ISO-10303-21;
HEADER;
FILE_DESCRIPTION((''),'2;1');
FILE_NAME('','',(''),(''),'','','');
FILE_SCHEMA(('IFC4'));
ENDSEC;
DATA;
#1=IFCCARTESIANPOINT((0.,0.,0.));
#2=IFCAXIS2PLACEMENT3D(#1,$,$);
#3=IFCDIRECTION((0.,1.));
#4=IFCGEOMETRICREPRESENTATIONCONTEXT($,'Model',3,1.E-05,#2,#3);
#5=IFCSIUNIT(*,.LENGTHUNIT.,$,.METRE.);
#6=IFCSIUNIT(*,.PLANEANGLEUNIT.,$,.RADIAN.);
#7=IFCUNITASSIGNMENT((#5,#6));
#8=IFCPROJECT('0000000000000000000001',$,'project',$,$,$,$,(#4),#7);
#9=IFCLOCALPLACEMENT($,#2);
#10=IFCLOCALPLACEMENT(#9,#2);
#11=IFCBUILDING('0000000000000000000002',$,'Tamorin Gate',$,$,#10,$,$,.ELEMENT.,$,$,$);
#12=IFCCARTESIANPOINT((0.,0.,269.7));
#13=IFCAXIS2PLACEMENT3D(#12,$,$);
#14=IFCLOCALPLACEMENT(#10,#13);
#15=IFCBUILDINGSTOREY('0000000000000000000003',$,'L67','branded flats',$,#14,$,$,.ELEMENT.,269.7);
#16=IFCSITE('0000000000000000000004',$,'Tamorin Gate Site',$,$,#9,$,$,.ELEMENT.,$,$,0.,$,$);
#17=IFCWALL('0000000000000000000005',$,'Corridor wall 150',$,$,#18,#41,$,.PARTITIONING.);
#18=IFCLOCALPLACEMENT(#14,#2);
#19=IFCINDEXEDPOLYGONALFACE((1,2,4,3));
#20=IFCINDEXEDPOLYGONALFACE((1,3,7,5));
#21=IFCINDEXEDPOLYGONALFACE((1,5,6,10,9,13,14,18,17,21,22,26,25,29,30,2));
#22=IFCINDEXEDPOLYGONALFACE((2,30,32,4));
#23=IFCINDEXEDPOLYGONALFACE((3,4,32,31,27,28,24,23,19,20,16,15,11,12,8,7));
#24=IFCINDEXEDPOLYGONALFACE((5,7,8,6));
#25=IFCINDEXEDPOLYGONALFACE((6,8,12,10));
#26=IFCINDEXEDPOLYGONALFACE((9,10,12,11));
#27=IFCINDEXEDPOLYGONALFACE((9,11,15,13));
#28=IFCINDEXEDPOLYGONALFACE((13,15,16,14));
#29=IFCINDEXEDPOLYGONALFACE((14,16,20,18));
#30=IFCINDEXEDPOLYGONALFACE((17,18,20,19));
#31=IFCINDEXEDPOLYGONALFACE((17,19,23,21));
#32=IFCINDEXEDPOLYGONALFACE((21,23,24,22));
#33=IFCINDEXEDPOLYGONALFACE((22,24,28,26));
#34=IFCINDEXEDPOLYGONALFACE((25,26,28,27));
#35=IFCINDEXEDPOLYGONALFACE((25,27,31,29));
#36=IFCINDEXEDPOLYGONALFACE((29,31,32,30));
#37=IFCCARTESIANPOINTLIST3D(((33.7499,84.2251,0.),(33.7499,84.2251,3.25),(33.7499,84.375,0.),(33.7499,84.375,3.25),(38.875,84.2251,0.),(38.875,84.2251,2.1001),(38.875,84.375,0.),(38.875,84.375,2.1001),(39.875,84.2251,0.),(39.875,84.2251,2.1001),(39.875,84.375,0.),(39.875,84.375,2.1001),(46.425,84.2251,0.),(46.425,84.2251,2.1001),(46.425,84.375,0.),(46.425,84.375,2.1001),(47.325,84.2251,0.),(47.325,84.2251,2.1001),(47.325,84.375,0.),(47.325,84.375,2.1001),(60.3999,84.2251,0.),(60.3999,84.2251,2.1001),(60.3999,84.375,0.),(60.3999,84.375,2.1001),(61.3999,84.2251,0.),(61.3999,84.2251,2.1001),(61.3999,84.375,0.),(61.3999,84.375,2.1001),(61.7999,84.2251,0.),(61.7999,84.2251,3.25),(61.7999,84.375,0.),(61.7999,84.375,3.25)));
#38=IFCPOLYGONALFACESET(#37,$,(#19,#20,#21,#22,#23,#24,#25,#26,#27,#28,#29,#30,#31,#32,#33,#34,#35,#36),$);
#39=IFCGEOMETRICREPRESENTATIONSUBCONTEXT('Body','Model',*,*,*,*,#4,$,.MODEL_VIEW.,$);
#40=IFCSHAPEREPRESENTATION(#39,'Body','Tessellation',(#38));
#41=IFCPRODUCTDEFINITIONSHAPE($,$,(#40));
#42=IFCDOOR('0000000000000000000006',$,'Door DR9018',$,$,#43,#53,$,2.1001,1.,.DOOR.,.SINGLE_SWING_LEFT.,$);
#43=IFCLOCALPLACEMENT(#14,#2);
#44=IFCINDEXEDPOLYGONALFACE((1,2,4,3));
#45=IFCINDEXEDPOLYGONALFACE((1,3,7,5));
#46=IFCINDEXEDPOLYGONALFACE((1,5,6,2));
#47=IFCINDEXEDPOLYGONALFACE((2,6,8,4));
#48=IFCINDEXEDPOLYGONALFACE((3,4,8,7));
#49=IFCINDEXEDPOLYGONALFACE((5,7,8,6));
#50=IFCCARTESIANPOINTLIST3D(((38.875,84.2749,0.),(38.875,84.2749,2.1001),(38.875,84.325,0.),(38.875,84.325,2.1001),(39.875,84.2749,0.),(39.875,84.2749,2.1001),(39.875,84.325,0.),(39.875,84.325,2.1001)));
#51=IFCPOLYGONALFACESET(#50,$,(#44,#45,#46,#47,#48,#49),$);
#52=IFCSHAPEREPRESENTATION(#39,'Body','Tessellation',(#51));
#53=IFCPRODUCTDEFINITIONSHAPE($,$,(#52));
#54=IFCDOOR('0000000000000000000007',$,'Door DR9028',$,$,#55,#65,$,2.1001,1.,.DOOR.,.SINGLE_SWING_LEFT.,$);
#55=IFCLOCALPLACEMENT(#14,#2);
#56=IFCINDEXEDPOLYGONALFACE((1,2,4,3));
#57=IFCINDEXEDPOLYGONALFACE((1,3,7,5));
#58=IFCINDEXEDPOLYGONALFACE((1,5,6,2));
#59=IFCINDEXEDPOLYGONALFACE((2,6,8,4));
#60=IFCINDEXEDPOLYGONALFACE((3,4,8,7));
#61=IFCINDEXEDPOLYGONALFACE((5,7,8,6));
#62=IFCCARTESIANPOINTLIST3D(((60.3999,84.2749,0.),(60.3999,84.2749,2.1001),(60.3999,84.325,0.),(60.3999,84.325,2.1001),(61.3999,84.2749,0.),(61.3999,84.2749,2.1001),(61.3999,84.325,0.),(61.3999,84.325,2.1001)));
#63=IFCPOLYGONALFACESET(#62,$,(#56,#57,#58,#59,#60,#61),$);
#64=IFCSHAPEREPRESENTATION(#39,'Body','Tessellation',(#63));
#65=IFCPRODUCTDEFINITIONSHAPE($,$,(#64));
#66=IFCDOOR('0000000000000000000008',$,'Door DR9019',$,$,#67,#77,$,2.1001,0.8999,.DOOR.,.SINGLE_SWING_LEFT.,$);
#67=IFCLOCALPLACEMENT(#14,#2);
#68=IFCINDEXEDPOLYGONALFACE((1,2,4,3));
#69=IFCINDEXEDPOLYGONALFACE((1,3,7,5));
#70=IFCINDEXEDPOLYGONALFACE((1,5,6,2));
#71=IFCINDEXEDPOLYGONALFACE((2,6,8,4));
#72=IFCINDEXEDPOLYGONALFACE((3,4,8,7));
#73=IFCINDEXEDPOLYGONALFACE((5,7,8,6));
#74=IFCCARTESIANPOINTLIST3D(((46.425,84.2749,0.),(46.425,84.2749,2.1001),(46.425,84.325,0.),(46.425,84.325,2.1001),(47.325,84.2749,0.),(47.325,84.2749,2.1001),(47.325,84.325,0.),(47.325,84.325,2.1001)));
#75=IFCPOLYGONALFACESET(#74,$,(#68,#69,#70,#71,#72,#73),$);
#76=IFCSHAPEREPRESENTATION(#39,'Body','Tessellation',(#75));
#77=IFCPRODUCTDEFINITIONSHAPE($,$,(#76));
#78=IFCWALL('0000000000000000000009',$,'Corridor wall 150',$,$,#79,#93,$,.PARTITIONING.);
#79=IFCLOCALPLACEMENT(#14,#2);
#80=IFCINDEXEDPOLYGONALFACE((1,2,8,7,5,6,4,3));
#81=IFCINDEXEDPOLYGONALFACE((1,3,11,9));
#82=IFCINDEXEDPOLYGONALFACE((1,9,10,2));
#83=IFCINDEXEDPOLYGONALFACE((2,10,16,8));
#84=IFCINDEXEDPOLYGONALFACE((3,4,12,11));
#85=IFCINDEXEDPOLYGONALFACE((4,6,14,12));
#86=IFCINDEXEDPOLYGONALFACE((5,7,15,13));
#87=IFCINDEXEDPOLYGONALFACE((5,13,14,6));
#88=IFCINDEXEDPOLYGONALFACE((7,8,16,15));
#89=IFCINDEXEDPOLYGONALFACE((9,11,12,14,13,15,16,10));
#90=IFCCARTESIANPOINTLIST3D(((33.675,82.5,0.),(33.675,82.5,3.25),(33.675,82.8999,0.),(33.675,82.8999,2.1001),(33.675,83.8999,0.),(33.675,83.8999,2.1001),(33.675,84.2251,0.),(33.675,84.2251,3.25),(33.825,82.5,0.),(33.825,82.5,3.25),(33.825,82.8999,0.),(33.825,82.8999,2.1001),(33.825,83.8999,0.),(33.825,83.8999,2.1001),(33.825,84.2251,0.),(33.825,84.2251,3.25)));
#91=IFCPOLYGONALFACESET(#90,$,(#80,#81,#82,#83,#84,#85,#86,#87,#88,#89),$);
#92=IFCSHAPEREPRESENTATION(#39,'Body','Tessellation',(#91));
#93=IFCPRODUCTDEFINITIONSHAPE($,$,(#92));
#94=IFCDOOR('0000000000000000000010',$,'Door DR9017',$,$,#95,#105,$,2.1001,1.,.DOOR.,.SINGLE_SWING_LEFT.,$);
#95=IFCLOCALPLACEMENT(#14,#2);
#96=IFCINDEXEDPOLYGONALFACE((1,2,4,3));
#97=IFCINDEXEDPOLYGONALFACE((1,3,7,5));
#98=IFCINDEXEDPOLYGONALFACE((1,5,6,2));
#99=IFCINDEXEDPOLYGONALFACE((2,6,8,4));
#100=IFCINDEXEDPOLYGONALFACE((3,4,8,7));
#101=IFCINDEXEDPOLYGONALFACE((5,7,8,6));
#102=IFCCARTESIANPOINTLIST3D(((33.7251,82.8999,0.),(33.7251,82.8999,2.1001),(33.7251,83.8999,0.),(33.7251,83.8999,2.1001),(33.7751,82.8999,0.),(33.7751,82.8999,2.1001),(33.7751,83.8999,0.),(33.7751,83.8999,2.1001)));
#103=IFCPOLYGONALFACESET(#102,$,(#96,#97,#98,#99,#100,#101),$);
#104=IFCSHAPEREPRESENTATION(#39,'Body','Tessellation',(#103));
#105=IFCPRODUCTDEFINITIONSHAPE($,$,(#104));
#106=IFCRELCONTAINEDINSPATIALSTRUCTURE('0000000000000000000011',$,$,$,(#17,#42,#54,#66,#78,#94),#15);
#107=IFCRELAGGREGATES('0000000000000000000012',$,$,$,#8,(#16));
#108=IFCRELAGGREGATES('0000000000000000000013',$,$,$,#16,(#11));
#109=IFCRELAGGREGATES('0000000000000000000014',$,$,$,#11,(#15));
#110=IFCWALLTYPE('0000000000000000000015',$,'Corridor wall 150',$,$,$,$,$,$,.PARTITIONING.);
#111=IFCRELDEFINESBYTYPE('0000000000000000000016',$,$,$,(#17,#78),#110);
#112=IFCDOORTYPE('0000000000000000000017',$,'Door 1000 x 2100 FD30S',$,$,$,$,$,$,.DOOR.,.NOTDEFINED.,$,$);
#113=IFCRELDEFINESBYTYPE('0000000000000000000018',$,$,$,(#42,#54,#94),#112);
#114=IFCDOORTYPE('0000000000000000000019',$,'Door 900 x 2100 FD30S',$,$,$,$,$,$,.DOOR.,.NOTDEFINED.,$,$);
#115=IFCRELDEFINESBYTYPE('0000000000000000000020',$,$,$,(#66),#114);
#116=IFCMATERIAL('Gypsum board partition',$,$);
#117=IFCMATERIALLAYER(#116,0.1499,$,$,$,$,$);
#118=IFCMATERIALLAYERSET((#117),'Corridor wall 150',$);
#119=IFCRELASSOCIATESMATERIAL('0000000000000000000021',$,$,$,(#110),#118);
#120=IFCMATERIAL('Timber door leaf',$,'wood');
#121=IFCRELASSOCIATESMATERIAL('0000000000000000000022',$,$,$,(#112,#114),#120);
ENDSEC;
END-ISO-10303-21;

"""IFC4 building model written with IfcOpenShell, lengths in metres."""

from ifc_helpers import new_model, si_unit, direction, frame, frame_2d, origin, place, context, subcontext, project, spatial, rectangle, extrude, material, layer, layer_set, type_object, element, fill, save


model = new_model("IFC4")

# Units and contexts
model_context = context("Model", 3, precision=1e-05, world=origin(), true_north=direction((0.0, 1.0)))
body_context = subcontext(model_context, "Body", "Model", "MODEL_VIEW")
ifc_project = project(units=[si_unit("LENGTHUNIT", "METRE"), si_unit("PLANEANGLEUNIT", "RADIAN")], contexts=[model_context])

# Site, building, storey
site_placement = place(None, origin())
site = spatial("IfcSite", under=ifc_project, at=site_placement, Name="Tamorin Gate Site", CompositionType="ELEMENT", RefElevation=0.0)
building_placement = place(site_placement, origin())
building = spatial("IfcBuilding", under=site, at=building_placement, Name="Tamorin Gate", CompositionType="ELEMENT")
storey_placement = place(building_placement, frame((0.0, 0.0, 269.7)))
storey = spatial("IfcBuildingStorey", under=building, at=storey_placement, Name="L67", Description="branded flats", CompositionType="ELEMENT", Elevation=269.7)

# Wall, openings, doors
ifc_material_1 = material(Name="Gypsum board partition")
ifc_layer_1 = layer(ifc_material_1, 0.1499)
ifc_layer_set_1 = layer_set([ifc_layer_1], Name="Corridor wall 150")
wall_type_1 = type_object("IfcWallType", Name="Corridor wall 150", PredefinedType="PARTITIONING", material=ifc_layer_set_1)
wall_1_placement = place(storey_placement, frame((33.75, 84.3, 0.0), z_axis=(0.0, 0.0, 1.0), x_axis=(1.0, 0.0, 0.0)))
wall_1 = element("IfcWall", 1, at=wall_1_placement, inside=storey, type_object=wall_type_1, Name="Corridor wall 150", PredefinedType="PARTITIONING", context=body_context, shape_type="SweptSolid", body=[
    extrude(rectangle(XDim=28.05, YDim=0.1499, at=frame_2d((14.0249, 0.0))), origin(), (0.0, 0.0, 1.0), 3.25),
])
opening_1_placement = place(wall_1_placement, frame((5.125, 0.0, 0.0)))
opening_1 = element("IfcOpeningElement", 2, at=opening_1_placement, cuts=wall_1, PredefinedType="OPENING", context=body_context, shape_type="SweptSolid", body=[
    extrude(rectangle(XDim=1.0, YDim=2.1001, at=frame_2d((0.5, 1.05))), frame((0.0, 0.085, 0.0), z_axis=(0.0, -1.0, 0.0), x_axis=(1.0, 0.0, 0.0)), (0.0, 0.0, 1.0), 0.1699),
])
opening_2_placement = place(wall_1_placement, frame((12.675, 0.0, 0.0)))
opening_2 = element("IfcOpeningElement", 3, at=opening_2_placement, cuts=wall_1, PredefinedType="OPENING", context=body_context, shape_type="SweptSolid", body=[
    extrude(rectangle(XDim=0.8999, YDim=2.1001, at=frame_2d((0.45, 1.05))), frame((0.0, 0.085, 0.0), z_axis=(0.0, -1.0, 0.0), x_axis=(1.0, 0.0, 0.0)), (0.0, 0.0, 1.0), 0.1699),
])
opening_3_placement = place(wall_1_placement, frame((26.6499, 0.0, 0.0)))
opening_3 = element("IfcOpeningElement", 4, at=opening_3_placement, cuts=wall_1, PredefinedType="OPENING", context=body_context, shape_type="SweptSolid", body=[
    extrude(rectangle(XDim=1.0, YDim=2.1001, at=frame_2d((0.5, 1.05))), frame((0.0, 0.085, 0.0), z_axis=(0.0, -1.0, 0.0), x_axis=(1.0, 0.0, 0.0)), (0.0, 0.0, 1.0), 0.1699),
])
ifc_material_2 = material(Name="Timber door leaf", Category="wood")
door_type_1 = type_object("IfcDoorType", Name="Door 1000 x 2100 FD30S", OperationType="NOTDEFINED", PredefinedType="DOOR", material=ifc_material_2)
door_1_placement = place(opening_1_placement, origin())
door_1 = element("IfcDoor", 5, at=door_1_placement, inside=storey, type_object=door_type_1, Name="Door DR9018", OperationType="SINGLE_SWING_LEFT", OverallHeight=2.1001, OverallWidth=1.0, PredefinedType="DOOR", context=body_context, shape_type="SweptSolid", body=[
    extrude(rectangle(XDim=1.0, YDim=2.1001, at=frame_2d((0.5, 1.05))), frame((0.0, 0.0249, 0.0), z_axis=(0.0, -1.0, 0.0), x_axis=(1.0, 0.0, 0.0)), (0.0, 0.0, 1.0), 0.05),
])
fill(opening_1, door_1)
door_2_placement = place(opening_3_placement, origin())
door_2 = element("IfcDoor", 6, at=door_2_placement, inside=storey, type_object=door_type_1, Name="Door DR9028", OperationType="SINGLE_SWING_LEFT", OverallHeight=2.1001, OverallWidth=1.0, PredefinedType="DOOR", context=body_context, shape_type="SweptSolid", body=[
    extrude(rectangle(XDim=1.0, YDim=2.1001, at=frame_2d((0.5, 1.05))), frame((0.0, 0.0249, 0.0), z_axis=(0.0, -1.0, 0.0), x_axis=(1.0, 0.0, 0.0)), (0.0, 0.0, 1.0), 0.05),
])
fill(opening_3, door_2)
door_type_2 = type_object("IfcDoorType", Name="Door 900 x 2100 FD30S", OperationType="NOTDEFINED", PredefinedType="DOOR", material=ifc_material_2)
door_3_placement = place(opening_2_placement, origin())
door_3 = element("IfcDoor", 7, at=door_3_placement, inside=storey, type_object=door_type_2, Name="Door DR9019", OperationType="SINGLE_SWING_LEFT", OverallHeight=2.1001, OverallWidth=0.8999, PredefinedType="DOOR", context=body_context, shape_type="SweptSolid", body=[
    extrude(rectangle(XDim=0.8999, YDim=2.1001, at=frame_2d((0.45, 1.05))), frame((0.0, 0.0249, 0.0), z_axis=(0.0, -1.0, 0.0), x_axis=(1.0, 0.0, 0.0)), (0.0, 0.0, 1.0), 0.05),
])
fill(opening_2, door_3)

# Wall, opening, door
wall_2_placement = place(storey_placement, frame((33.75, 82.5, 0.0), z_axis=(0.0, 0.0, 1.0), x_axis=(0.0, 1.0, 0.0)))
wall_2 = element("IfcWall", 8, at=wall_2_placement, inside=storey, type_object=wall_type_1, Name="Corridor wall 150", PredefinedType="PARTITIONING", context=body_context, shape_type="SweptSolid", body=[
    extrude(rectangle(XDim=1.7251, YDim=0.1499, at=frame_2d((0.8625, 0.0))), origin(), (0.0, 0.0, 1.0), 3.25),
])
opening_4_placement = place(wall_2_placement, frame((0.3999, 0.0, 0.0)))
opening_4 = element("IfcOpeningElement", 9, at=opening_4_placement, cuts=wall_2, PredefinedType="OPENING", context=body_context, shape_type="SweptSolid", body=[
    extrude(rectangle(XDim=1.0, YDim=2.1001, at=frame_2d((0.5, 1.05))), frame((0.0, 0.085, 0.0), z_axis=(0.0, -1.0, 0.0), x_axis=(1.0, 0.0, 0.0)), (0.0, 0.0, 1.0), 0.1699),
])
door_4_placement = place(opening_4_placement, origin())
door_4 = element("IfcDoor", 10, at=door_4_placement, inside=storey, type_object=door_type_1, Name="Door DR9017", OperationType="SINGLE_SWING_LEFT", OverallHeight=2.1001, OverallWidth=1.0, PredefinedType="DOOR", context=body_context, shape_type="SweptSolid", body=[
    extrude(rectangle(XDim=1.0, YDim=2.1001, at=frame_2d((0.5, 1.05))), frame((0.0, 0.0249, 0.0), z_axis=(0.0, -1.0, 0.0), x_axis=(1.0, 0.0, 0.0)), (0.0, 0.0, 1.0), 0.05),
])
fill(opening_4, door_4)

save(model, "model.ifc")
